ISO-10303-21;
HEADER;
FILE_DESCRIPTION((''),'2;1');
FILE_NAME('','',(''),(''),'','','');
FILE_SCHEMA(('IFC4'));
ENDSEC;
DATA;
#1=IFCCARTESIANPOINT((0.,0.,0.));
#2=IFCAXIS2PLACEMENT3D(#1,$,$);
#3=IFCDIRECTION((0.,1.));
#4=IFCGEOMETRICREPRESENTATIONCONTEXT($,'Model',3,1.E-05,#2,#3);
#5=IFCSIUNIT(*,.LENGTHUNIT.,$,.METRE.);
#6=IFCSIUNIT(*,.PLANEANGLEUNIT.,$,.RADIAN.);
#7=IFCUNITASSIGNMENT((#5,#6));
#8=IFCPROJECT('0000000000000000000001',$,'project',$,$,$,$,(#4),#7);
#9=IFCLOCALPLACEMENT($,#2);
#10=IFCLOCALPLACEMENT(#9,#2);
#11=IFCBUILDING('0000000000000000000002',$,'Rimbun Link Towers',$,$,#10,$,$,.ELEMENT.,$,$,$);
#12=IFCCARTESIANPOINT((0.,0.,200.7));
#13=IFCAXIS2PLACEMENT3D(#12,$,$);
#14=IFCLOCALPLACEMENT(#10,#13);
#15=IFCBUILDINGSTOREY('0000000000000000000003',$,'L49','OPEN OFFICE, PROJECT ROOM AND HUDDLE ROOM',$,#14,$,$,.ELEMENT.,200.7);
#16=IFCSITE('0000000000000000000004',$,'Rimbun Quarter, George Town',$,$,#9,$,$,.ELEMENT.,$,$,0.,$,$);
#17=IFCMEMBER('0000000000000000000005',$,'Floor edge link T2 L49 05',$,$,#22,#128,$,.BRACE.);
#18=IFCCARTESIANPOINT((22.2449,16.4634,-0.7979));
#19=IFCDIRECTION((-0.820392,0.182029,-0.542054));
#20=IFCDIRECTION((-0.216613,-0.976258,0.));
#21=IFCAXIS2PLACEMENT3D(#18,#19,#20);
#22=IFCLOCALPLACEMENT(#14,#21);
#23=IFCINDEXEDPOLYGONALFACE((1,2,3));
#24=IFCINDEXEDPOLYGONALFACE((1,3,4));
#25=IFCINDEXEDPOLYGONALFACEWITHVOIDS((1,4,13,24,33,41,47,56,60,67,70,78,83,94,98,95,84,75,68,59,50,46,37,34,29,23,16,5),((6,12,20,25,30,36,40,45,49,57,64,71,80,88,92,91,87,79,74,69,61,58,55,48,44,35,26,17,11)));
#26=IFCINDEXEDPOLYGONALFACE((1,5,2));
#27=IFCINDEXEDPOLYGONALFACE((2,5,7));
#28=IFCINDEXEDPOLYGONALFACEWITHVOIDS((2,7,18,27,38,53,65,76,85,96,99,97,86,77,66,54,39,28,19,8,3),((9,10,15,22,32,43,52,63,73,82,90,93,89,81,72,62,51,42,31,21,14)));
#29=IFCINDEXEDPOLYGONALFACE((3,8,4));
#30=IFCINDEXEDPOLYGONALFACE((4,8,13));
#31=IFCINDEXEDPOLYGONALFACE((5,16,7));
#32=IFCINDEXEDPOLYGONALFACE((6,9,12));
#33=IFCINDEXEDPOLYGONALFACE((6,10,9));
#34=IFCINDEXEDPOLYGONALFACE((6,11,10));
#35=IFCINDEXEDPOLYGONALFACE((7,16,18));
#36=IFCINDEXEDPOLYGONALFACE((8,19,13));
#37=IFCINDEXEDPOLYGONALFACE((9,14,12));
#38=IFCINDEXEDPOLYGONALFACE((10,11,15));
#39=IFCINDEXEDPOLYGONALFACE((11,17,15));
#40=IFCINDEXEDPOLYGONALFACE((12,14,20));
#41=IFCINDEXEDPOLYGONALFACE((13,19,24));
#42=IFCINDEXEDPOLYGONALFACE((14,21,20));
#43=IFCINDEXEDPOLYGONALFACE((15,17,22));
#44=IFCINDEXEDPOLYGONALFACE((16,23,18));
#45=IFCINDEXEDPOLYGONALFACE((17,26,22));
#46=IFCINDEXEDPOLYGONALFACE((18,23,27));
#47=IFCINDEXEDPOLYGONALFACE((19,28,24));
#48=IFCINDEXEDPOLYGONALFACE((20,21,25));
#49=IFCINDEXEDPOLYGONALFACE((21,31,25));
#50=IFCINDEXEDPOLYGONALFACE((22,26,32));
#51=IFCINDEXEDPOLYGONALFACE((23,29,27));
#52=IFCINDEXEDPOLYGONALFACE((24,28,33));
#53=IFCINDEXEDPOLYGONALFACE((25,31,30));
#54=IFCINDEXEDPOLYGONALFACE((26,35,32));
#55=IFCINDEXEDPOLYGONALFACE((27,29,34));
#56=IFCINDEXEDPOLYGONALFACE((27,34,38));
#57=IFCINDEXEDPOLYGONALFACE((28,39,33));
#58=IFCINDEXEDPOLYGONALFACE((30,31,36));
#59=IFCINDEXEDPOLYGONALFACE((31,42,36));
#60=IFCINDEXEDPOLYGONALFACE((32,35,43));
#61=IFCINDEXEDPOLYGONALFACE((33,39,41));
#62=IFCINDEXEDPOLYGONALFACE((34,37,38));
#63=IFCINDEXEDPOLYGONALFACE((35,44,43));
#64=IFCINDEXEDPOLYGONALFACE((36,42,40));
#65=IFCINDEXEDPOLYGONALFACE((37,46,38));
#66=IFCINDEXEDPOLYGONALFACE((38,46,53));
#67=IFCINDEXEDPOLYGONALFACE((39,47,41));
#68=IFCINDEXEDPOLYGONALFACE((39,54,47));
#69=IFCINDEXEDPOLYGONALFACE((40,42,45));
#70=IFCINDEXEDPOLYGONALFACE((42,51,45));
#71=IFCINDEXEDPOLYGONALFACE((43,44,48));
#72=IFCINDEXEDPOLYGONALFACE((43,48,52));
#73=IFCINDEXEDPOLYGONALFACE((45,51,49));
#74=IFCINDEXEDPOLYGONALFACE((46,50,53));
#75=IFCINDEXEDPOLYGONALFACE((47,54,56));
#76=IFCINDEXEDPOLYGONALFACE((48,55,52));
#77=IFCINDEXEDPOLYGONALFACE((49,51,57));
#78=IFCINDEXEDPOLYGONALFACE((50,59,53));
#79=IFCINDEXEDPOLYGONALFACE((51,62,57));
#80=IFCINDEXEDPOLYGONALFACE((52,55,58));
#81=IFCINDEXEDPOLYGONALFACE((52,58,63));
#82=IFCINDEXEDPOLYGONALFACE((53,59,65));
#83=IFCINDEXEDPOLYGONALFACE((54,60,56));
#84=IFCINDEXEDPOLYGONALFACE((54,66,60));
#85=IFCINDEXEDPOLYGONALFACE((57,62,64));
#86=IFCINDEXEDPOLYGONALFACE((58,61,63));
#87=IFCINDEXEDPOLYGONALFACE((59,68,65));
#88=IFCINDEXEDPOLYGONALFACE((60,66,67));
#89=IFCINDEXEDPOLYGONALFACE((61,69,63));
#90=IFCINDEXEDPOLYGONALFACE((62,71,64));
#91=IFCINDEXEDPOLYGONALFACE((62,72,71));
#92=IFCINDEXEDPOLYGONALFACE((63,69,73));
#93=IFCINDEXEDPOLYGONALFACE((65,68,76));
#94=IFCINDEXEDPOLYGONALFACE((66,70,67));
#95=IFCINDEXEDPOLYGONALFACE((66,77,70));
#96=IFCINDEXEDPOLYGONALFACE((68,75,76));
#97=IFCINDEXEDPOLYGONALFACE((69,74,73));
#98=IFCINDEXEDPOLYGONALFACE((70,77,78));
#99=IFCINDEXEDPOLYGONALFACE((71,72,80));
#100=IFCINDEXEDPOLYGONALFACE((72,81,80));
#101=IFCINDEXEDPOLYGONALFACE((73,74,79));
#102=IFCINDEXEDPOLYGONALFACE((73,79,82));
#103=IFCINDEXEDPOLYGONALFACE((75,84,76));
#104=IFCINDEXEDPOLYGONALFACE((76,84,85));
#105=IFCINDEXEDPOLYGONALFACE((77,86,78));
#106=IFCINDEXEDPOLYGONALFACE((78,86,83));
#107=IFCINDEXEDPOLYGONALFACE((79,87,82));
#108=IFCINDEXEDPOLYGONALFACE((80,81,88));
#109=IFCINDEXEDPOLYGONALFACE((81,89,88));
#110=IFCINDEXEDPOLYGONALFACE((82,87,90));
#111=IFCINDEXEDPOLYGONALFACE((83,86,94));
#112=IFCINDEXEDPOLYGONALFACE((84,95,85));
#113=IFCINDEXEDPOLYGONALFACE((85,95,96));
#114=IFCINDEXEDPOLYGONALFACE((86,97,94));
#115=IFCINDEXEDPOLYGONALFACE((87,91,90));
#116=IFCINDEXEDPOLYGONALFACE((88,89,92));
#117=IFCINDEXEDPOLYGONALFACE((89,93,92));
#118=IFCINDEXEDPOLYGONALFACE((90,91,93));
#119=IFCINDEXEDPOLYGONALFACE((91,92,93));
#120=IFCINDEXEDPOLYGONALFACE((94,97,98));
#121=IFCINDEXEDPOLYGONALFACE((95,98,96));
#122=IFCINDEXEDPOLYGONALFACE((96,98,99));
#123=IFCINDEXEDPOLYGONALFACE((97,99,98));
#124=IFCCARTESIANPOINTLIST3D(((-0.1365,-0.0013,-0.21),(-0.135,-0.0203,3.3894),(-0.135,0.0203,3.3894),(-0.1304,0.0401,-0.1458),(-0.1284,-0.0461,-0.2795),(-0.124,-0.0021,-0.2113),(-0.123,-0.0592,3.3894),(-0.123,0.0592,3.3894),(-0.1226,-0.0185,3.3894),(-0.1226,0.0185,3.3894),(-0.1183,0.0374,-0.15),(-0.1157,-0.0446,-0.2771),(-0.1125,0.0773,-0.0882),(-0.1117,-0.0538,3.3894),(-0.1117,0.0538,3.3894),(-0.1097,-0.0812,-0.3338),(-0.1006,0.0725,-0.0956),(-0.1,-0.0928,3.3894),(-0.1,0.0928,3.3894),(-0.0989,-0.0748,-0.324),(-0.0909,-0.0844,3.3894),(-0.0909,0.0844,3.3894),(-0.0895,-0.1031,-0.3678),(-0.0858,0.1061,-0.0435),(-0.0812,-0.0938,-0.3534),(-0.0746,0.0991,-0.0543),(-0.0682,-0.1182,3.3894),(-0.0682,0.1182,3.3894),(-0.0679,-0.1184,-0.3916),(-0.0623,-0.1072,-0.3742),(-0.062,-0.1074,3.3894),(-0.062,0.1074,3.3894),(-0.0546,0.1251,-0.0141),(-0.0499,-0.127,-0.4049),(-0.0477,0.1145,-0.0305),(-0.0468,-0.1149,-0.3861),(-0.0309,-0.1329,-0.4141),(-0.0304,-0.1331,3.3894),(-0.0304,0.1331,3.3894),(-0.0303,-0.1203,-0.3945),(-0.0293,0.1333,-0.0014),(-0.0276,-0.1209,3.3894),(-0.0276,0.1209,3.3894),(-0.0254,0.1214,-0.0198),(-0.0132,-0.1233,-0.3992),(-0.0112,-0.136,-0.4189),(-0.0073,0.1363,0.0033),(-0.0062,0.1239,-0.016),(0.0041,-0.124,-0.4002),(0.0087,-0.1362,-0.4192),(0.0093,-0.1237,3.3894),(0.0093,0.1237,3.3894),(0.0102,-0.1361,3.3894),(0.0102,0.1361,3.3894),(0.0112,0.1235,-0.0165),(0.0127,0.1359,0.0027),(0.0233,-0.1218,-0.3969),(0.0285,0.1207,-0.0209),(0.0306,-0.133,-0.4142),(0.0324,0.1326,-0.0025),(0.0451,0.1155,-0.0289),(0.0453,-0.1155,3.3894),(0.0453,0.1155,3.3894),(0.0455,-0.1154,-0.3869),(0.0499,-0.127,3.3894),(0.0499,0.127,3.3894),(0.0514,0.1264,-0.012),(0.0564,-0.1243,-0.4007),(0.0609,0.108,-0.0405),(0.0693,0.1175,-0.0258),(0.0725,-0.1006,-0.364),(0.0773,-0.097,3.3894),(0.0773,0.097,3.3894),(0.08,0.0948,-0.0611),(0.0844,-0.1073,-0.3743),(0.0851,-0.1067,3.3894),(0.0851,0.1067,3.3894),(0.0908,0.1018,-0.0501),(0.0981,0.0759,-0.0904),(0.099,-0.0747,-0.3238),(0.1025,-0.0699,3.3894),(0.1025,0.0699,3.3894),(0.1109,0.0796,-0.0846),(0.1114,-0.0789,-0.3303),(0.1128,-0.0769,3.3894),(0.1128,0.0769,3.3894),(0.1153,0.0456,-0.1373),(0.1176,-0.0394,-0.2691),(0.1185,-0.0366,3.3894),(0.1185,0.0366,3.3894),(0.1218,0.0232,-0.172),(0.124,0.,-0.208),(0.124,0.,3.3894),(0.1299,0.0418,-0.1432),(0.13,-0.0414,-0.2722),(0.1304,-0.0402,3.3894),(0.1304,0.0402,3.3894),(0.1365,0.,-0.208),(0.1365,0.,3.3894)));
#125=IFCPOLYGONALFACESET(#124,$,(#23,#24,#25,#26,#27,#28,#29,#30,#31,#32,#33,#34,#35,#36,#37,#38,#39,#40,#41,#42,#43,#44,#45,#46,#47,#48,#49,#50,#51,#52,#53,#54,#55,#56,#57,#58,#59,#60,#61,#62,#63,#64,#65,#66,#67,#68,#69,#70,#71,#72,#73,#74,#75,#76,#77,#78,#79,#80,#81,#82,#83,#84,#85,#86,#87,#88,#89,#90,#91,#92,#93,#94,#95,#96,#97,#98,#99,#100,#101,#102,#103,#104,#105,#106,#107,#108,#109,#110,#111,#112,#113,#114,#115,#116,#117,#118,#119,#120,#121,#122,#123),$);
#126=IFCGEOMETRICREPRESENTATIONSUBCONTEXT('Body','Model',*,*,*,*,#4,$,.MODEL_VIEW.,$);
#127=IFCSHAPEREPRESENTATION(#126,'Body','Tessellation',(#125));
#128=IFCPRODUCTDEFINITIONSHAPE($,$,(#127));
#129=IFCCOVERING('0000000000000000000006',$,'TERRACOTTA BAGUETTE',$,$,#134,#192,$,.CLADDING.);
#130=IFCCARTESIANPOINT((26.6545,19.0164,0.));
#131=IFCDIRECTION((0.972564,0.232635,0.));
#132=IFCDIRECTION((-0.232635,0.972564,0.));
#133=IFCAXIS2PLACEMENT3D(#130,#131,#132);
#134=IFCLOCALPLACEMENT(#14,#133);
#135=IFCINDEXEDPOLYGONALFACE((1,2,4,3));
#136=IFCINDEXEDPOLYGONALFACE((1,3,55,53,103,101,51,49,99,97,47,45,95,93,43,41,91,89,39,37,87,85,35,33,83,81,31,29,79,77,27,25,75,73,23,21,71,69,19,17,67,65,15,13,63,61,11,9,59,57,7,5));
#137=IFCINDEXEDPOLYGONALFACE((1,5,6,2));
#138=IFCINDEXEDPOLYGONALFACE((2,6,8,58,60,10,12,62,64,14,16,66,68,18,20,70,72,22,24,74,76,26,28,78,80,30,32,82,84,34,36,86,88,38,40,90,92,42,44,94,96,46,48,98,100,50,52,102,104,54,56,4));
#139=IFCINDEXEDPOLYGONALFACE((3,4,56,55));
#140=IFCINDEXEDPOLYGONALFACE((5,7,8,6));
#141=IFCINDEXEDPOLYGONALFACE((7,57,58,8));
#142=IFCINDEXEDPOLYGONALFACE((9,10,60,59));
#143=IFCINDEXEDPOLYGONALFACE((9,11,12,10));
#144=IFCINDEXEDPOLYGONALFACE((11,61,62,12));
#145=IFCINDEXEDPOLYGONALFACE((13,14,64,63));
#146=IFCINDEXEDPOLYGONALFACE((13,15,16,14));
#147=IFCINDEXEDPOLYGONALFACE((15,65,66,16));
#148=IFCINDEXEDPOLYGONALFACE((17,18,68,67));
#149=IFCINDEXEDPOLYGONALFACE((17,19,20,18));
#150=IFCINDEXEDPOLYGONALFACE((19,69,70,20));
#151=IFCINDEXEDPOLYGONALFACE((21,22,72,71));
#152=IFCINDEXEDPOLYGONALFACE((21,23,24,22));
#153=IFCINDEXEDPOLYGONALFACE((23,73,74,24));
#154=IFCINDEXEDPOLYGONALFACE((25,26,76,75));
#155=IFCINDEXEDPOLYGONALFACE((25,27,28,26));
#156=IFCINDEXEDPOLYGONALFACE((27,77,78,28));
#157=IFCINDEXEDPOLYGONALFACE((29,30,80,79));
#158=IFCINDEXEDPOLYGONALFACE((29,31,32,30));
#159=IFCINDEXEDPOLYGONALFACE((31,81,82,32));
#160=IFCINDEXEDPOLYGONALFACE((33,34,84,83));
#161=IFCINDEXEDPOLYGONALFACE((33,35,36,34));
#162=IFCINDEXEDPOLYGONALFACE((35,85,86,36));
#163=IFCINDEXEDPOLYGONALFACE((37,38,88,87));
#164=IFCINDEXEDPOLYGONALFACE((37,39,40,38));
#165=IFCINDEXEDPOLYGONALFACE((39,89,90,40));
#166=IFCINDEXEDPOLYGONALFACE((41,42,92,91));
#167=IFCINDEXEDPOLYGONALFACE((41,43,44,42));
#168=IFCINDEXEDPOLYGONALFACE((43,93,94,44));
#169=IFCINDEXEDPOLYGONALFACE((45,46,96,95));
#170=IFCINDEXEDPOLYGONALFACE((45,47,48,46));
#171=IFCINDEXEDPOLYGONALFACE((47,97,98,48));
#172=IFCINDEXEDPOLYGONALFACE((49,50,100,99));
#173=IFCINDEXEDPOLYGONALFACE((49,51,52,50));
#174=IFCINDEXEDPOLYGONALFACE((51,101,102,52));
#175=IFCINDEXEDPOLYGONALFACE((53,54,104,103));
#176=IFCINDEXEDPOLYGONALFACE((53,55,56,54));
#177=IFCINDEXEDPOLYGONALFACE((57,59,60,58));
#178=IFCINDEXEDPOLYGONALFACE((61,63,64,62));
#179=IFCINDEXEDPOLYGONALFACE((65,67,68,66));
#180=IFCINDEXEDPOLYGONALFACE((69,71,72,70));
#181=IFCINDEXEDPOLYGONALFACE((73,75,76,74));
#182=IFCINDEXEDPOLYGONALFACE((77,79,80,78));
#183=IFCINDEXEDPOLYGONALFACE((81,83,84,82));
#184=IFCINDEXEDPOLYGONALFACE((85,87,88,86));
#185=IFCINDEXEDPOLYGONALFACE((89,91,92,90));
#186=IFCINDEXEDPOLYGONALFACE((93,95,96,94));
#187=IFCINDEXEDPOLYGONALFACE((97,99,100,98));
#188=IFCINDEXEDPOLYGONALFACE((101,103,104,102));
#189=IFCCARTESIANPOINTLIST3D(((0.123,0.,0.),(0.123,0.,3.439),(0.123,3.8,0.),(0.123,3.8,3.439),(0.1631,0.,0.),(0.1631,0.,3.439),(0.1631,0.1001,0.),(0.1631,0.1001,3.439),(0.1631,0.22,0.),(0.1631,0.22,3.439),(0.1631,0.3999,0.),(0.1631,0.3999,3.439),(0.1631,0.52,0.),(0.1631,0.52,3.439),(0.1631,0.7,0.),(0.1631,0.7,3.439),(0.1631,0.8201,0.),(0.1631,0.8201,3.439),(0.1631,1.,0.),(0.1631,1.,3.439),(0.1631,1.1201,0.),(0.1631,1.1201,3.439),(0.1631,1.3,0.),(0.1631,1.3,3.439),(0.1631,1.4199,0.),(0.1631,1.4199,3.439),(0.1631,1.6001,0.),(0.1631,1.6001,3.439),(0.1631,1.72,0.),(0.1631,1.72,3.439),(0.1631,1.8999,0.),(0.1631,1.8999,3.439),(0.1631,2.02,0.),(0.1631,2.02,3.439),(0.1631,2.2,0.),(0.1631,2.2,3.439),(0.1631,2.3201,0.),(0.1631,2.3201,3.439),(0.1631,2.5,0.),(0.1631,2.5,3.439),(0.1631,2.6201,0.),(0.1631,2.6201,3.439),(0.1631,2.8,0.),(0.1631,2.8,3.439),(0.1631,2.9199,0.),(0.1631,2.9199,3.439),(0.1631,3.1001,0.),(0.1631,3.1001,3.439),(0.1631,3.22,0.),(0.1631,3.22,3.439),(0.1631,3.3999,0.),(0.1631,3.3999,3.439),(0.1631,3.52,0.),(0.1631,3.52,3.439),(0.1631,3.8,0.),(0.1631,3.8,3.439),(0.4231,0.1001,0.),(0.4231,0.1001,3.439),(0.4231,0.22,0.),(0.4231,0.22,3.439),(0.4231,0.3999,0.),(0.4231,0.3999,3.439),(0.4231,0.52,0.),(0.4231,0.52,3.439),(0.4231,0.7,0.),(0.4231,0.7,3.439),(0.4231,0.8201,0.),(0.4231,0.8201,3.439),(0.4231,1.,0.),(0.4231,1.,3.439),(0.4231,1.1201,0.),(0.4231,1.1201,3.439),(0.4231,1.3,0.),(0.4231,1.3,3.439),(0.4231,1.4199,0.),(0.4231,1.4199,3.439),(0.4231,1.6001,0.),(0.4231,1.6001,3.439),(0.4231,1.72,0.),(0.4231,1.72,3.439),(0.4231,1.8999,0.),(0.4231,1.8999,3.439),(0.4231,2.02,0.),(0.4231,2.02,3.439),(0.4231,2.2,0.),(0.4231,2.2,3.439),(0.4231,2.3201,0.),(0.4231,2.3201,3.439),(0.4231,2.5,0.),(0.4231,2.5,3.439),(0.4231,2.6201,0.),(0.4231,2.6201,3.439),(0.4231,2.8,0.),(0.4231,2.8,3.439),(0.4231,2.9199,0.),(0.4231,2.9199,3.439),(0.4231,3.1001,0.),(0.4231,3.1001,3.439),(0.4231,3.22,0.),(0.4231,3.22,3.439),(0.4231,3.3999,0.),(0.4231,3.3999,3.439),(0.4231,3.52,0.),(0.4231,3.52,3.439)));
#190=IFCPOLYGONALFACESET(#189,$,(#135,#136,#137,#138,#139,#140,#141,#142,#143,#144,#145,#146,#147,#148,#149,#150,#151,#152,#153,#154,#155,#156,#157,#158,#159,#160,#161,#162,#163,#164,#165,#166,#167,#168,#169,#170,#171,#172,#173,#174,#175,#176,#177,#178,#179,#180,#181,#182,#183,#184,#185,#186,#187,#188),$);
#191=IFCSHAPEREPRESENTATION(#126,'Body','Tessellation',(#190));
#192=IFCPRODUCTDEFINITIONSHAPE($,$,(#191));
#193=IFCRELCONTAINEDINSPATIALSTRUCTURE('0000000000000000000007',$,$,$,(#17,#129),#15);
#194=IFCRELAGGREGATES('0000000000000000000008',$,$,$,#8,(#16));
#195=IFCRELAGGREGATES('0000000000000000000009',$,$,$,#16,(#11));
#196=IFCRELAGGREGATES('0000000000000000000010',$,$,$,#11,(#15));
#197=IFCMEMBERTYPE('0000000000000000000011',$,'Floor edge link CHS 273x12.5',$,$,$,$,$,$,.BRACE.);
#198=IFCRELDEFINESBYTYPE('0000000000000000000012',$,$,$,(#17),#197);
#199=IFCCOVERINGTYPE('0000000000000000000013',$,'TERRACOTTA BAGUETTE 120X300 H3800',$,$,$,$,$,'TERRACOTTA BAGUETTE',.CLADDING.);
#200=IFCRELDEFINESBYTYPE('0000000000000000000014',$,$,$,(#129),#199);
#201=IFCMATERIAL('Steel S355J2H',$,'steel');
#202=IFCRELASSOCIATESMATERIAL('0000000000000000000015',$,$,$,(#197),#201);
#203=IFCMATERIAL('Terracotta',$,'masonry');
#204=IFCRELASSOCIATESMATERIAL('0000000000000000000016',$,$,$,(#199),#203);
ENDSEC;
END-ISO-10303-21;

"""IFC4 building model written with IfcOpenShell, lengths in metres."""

from ifc_helpers import new_model, si_unit, direction, frame, origin, origin_2d, place, context, subcontext, project, spatial, polyline, hollow_circle, outline, extrude, clip, halfspace, material, material_profile, profile_set, type_object, element, save


model = new_model("IFC4")

# Units and contexts
model_context = context("Model", 3, precision=1e-05, world=origin(), true_north=direction((0.0, 1.0)))
body_context = subcontext(model_context, "Body", "Model", "MODEL_VIEW")
ifc_project = project(units=[si_unit("LENGTHUNIT", "METRE"), si_unit("PLANEANGLEUNIT", "RADIAN")], contexts=[model_context])

# Site, building, storey
site_placement = place(None, origin())
site = spatial("IfcSite", under=ifc_project, at=site_placement, Name="Rimbun Quarter, George Town", CompositionType="ELEMENT", RefElevation=0.0)
building_placement = place(site_placement, origin())
building = spatial("IfcBuilding", under=site, at=building_placement, Name="Rimbun Link Towers", CompositionType="ELEMENT")
storey_placement = place(building_placement, frame((0.0, 0.0, 200.7)))
storey = spatial("IfcBuildingStorey", under=building, at=storey_placement, Name="L49", Description="OPEN OFFICE, PROJECT ROOM AND HUDDLE ROOM", CompositionType="ELEMENT", Elevation=200.7)

# Member
ifc_material_1 = material(Name="Steel S355J2H", Category="steel")
ifc_material_profile_1 = material_profile(ifc_material_1, hollow_circle(Radius=0.1365, WallThickness=0.0125, at=origin_2d()), Name="CHS 273x12.5")
ifc_profile_set_1 = profile_set([ifc_material_profile_1], Name="Steel S355J2H")
member_type_1 = type_object("IfcMemberType", Name="Floor edge link CHS 273x12.5", PredefinedType="BRACE", material=ifc_profile_set_1)
member_1_placement = place(storey_placement, frame((22.2449, 16.4634, -0.7979), z_axis=(-0.820392, 0.182029, -0.542054), x_axis=(-0.216613, -0.976258, 0.0)))
element("IfcMember", 1, at=member_1_placement, inside=storey, type_object=member_type_1, Name="Floor edge link T2 L49 05", PredefinedType="BRACE", context=body_context, shape_type="Clipping", body=[
    clip(extrude(hollow_circle(Radius=0.1365, WallThickness=0.0125, at=origin_2d()), frame((0.0, 0.0, -0.4417)), (0.0, 0.0, 1.0), 3.8311), halfspace(frame((0.0, 0.0, -0.208), z_axis=(0.0, 0.840344, -0.542054)), False)),
])

# Covering
ifc_material_2 = material(Name="Terracotta", Category="masonry")
ifc_material_profile_2 = material_profile(ifc_material_2, outline(polyline([(0.123, 0.0), (0.1631, 0.0), (0.1631, 0.1001), (0.4231, 0.1001), (0.4231, 0.22), (0.1631, 0.22), (0.1631, 0.3999), (0.4231, 0.3999), (0.4231, 0.52), (0.1631, 0.52), (0.1631, 0.7), (0.4231, 0.7), (0.4231, 0.8201), (0.1631, 0.8201), (0.1631, 1.0), (0.4231, 1.0), (0.4231, 1.1201), (0.1631, 1.1201), (0.1631, 1.3), (0.4231, 1.3), (0.4231, 1.4199), (0.1631, 1.4199), (0.1631, 1.6001), (0.4231, 1.6001), (0.4231, 1.72), (0.1631, 1.72), (0.1631, 1.8999), (0.4231, 1.8999), (0.4231, 2.02), (0.1631, 2.02), (0.1631, 2.2), (0.4231, 2.2), (0.4231, 2.3201), (0.1631, 2.3201), (0.1631, 2.5), (0.4231, 2.5), (0.4231, 2.6201), (0.1631, 2.6201), (0.1631, 2.8), (0.4231, 2.8), (0.4231, 2.9199), (0.1631, 2.9199), (0.1631, 3.1001), (0.4231, 3.1001), (0.4231, 3.22), (0.1631, 3.22), (0.1631, 3.3999), (0.4231, 3.3999), (0.4231, 3.52), (0.1631, 3.52), (0.1631, 3.8), (0.123, 3.8), (0.123, 0.0)])), Name="BAGUETTE 120X300")
ifc_profile_set_2 = profile_set([ifc_material_profile_2], Name="Terracotta")
covering_type = type_object("IfcCoveringType", Name="TERRACOTTA BAGUETTE 120X300 H3800", ElementType="TERRACOTTA BAGUETTE", PredefinedType="CLADDING", material=ifc_profile_set_2)
covering_1_placement = place(storey_placement, frame((26.6545, 19.0164, 0.0), z_axis=(0.972564, 0.232635, 0.0), x_axis=(-0.232635, 0.972564, 0.0)))
element("IfcCovering", 2, at=covering_1_placement, inside=storey, type_object=covering_type, Name="TERRACOTTA BAGUETTE", PredefinedType="CLADDING", context=body_context, shape_type="SweptSolid", body=[
    extrude(outline(polyline([(0.123, 0.0), (0.1631, 0.0), (0.1631, 0.1001), (0.4231, 0.1001), (0.4231, 0.22), (0.1631, 0.22), (0.1631, 0.3999), (0.4231, 0.3999), (0.4231, 0.52), (0.1631, 0.52), (0.1631, 0.7), (0.4231, 0.7), (0.4231, 0.8201), (0.1631, 0.8201), (0.1631, 1.0), (0.4231, 1.0), (0.4231, 1.1201), (0.1631, 1.1201), (0.1631, 1.3), (0.4231, 1.3), (0.4231, 1.4199), (0.1631, 1.4199), (0.1631, 1.6001), (0.4231, 1.6001), (0.4231, 1.72), (0.1631, 1.72), (0.1631, 1.8999), (0.4231, 1.8999), (0.4231, 2.02), (0.1631, 2.02), (0.1631, 2.2), (0.4231, 2.2), (0.4231, 2.3201), (0.1631, 2.3201), (0.1631, 2.5), (0.4231, 2.5), (0.4231, 2.6201), (0.1631, 2.6201), (0.1631, 2.8), (0.4231, 2.8), (0.4231, 2.9199), (0.1631, 2.9199), (0.1631, 3.1001), (0.4231, 3.1001), (0.4231, 3.22), (0.1631, 3.22), (0.1631, 3.3999), (0.4231, 3.3999), (0.4231, 3.52), (0.1631, 3.52), (0.1631, 3.8), (0.123, 3.8), (0.123, 0.0)])), origin(), (0.0, 0.0, 1.0), 3.439),
])

save(model, "model.ifc")
